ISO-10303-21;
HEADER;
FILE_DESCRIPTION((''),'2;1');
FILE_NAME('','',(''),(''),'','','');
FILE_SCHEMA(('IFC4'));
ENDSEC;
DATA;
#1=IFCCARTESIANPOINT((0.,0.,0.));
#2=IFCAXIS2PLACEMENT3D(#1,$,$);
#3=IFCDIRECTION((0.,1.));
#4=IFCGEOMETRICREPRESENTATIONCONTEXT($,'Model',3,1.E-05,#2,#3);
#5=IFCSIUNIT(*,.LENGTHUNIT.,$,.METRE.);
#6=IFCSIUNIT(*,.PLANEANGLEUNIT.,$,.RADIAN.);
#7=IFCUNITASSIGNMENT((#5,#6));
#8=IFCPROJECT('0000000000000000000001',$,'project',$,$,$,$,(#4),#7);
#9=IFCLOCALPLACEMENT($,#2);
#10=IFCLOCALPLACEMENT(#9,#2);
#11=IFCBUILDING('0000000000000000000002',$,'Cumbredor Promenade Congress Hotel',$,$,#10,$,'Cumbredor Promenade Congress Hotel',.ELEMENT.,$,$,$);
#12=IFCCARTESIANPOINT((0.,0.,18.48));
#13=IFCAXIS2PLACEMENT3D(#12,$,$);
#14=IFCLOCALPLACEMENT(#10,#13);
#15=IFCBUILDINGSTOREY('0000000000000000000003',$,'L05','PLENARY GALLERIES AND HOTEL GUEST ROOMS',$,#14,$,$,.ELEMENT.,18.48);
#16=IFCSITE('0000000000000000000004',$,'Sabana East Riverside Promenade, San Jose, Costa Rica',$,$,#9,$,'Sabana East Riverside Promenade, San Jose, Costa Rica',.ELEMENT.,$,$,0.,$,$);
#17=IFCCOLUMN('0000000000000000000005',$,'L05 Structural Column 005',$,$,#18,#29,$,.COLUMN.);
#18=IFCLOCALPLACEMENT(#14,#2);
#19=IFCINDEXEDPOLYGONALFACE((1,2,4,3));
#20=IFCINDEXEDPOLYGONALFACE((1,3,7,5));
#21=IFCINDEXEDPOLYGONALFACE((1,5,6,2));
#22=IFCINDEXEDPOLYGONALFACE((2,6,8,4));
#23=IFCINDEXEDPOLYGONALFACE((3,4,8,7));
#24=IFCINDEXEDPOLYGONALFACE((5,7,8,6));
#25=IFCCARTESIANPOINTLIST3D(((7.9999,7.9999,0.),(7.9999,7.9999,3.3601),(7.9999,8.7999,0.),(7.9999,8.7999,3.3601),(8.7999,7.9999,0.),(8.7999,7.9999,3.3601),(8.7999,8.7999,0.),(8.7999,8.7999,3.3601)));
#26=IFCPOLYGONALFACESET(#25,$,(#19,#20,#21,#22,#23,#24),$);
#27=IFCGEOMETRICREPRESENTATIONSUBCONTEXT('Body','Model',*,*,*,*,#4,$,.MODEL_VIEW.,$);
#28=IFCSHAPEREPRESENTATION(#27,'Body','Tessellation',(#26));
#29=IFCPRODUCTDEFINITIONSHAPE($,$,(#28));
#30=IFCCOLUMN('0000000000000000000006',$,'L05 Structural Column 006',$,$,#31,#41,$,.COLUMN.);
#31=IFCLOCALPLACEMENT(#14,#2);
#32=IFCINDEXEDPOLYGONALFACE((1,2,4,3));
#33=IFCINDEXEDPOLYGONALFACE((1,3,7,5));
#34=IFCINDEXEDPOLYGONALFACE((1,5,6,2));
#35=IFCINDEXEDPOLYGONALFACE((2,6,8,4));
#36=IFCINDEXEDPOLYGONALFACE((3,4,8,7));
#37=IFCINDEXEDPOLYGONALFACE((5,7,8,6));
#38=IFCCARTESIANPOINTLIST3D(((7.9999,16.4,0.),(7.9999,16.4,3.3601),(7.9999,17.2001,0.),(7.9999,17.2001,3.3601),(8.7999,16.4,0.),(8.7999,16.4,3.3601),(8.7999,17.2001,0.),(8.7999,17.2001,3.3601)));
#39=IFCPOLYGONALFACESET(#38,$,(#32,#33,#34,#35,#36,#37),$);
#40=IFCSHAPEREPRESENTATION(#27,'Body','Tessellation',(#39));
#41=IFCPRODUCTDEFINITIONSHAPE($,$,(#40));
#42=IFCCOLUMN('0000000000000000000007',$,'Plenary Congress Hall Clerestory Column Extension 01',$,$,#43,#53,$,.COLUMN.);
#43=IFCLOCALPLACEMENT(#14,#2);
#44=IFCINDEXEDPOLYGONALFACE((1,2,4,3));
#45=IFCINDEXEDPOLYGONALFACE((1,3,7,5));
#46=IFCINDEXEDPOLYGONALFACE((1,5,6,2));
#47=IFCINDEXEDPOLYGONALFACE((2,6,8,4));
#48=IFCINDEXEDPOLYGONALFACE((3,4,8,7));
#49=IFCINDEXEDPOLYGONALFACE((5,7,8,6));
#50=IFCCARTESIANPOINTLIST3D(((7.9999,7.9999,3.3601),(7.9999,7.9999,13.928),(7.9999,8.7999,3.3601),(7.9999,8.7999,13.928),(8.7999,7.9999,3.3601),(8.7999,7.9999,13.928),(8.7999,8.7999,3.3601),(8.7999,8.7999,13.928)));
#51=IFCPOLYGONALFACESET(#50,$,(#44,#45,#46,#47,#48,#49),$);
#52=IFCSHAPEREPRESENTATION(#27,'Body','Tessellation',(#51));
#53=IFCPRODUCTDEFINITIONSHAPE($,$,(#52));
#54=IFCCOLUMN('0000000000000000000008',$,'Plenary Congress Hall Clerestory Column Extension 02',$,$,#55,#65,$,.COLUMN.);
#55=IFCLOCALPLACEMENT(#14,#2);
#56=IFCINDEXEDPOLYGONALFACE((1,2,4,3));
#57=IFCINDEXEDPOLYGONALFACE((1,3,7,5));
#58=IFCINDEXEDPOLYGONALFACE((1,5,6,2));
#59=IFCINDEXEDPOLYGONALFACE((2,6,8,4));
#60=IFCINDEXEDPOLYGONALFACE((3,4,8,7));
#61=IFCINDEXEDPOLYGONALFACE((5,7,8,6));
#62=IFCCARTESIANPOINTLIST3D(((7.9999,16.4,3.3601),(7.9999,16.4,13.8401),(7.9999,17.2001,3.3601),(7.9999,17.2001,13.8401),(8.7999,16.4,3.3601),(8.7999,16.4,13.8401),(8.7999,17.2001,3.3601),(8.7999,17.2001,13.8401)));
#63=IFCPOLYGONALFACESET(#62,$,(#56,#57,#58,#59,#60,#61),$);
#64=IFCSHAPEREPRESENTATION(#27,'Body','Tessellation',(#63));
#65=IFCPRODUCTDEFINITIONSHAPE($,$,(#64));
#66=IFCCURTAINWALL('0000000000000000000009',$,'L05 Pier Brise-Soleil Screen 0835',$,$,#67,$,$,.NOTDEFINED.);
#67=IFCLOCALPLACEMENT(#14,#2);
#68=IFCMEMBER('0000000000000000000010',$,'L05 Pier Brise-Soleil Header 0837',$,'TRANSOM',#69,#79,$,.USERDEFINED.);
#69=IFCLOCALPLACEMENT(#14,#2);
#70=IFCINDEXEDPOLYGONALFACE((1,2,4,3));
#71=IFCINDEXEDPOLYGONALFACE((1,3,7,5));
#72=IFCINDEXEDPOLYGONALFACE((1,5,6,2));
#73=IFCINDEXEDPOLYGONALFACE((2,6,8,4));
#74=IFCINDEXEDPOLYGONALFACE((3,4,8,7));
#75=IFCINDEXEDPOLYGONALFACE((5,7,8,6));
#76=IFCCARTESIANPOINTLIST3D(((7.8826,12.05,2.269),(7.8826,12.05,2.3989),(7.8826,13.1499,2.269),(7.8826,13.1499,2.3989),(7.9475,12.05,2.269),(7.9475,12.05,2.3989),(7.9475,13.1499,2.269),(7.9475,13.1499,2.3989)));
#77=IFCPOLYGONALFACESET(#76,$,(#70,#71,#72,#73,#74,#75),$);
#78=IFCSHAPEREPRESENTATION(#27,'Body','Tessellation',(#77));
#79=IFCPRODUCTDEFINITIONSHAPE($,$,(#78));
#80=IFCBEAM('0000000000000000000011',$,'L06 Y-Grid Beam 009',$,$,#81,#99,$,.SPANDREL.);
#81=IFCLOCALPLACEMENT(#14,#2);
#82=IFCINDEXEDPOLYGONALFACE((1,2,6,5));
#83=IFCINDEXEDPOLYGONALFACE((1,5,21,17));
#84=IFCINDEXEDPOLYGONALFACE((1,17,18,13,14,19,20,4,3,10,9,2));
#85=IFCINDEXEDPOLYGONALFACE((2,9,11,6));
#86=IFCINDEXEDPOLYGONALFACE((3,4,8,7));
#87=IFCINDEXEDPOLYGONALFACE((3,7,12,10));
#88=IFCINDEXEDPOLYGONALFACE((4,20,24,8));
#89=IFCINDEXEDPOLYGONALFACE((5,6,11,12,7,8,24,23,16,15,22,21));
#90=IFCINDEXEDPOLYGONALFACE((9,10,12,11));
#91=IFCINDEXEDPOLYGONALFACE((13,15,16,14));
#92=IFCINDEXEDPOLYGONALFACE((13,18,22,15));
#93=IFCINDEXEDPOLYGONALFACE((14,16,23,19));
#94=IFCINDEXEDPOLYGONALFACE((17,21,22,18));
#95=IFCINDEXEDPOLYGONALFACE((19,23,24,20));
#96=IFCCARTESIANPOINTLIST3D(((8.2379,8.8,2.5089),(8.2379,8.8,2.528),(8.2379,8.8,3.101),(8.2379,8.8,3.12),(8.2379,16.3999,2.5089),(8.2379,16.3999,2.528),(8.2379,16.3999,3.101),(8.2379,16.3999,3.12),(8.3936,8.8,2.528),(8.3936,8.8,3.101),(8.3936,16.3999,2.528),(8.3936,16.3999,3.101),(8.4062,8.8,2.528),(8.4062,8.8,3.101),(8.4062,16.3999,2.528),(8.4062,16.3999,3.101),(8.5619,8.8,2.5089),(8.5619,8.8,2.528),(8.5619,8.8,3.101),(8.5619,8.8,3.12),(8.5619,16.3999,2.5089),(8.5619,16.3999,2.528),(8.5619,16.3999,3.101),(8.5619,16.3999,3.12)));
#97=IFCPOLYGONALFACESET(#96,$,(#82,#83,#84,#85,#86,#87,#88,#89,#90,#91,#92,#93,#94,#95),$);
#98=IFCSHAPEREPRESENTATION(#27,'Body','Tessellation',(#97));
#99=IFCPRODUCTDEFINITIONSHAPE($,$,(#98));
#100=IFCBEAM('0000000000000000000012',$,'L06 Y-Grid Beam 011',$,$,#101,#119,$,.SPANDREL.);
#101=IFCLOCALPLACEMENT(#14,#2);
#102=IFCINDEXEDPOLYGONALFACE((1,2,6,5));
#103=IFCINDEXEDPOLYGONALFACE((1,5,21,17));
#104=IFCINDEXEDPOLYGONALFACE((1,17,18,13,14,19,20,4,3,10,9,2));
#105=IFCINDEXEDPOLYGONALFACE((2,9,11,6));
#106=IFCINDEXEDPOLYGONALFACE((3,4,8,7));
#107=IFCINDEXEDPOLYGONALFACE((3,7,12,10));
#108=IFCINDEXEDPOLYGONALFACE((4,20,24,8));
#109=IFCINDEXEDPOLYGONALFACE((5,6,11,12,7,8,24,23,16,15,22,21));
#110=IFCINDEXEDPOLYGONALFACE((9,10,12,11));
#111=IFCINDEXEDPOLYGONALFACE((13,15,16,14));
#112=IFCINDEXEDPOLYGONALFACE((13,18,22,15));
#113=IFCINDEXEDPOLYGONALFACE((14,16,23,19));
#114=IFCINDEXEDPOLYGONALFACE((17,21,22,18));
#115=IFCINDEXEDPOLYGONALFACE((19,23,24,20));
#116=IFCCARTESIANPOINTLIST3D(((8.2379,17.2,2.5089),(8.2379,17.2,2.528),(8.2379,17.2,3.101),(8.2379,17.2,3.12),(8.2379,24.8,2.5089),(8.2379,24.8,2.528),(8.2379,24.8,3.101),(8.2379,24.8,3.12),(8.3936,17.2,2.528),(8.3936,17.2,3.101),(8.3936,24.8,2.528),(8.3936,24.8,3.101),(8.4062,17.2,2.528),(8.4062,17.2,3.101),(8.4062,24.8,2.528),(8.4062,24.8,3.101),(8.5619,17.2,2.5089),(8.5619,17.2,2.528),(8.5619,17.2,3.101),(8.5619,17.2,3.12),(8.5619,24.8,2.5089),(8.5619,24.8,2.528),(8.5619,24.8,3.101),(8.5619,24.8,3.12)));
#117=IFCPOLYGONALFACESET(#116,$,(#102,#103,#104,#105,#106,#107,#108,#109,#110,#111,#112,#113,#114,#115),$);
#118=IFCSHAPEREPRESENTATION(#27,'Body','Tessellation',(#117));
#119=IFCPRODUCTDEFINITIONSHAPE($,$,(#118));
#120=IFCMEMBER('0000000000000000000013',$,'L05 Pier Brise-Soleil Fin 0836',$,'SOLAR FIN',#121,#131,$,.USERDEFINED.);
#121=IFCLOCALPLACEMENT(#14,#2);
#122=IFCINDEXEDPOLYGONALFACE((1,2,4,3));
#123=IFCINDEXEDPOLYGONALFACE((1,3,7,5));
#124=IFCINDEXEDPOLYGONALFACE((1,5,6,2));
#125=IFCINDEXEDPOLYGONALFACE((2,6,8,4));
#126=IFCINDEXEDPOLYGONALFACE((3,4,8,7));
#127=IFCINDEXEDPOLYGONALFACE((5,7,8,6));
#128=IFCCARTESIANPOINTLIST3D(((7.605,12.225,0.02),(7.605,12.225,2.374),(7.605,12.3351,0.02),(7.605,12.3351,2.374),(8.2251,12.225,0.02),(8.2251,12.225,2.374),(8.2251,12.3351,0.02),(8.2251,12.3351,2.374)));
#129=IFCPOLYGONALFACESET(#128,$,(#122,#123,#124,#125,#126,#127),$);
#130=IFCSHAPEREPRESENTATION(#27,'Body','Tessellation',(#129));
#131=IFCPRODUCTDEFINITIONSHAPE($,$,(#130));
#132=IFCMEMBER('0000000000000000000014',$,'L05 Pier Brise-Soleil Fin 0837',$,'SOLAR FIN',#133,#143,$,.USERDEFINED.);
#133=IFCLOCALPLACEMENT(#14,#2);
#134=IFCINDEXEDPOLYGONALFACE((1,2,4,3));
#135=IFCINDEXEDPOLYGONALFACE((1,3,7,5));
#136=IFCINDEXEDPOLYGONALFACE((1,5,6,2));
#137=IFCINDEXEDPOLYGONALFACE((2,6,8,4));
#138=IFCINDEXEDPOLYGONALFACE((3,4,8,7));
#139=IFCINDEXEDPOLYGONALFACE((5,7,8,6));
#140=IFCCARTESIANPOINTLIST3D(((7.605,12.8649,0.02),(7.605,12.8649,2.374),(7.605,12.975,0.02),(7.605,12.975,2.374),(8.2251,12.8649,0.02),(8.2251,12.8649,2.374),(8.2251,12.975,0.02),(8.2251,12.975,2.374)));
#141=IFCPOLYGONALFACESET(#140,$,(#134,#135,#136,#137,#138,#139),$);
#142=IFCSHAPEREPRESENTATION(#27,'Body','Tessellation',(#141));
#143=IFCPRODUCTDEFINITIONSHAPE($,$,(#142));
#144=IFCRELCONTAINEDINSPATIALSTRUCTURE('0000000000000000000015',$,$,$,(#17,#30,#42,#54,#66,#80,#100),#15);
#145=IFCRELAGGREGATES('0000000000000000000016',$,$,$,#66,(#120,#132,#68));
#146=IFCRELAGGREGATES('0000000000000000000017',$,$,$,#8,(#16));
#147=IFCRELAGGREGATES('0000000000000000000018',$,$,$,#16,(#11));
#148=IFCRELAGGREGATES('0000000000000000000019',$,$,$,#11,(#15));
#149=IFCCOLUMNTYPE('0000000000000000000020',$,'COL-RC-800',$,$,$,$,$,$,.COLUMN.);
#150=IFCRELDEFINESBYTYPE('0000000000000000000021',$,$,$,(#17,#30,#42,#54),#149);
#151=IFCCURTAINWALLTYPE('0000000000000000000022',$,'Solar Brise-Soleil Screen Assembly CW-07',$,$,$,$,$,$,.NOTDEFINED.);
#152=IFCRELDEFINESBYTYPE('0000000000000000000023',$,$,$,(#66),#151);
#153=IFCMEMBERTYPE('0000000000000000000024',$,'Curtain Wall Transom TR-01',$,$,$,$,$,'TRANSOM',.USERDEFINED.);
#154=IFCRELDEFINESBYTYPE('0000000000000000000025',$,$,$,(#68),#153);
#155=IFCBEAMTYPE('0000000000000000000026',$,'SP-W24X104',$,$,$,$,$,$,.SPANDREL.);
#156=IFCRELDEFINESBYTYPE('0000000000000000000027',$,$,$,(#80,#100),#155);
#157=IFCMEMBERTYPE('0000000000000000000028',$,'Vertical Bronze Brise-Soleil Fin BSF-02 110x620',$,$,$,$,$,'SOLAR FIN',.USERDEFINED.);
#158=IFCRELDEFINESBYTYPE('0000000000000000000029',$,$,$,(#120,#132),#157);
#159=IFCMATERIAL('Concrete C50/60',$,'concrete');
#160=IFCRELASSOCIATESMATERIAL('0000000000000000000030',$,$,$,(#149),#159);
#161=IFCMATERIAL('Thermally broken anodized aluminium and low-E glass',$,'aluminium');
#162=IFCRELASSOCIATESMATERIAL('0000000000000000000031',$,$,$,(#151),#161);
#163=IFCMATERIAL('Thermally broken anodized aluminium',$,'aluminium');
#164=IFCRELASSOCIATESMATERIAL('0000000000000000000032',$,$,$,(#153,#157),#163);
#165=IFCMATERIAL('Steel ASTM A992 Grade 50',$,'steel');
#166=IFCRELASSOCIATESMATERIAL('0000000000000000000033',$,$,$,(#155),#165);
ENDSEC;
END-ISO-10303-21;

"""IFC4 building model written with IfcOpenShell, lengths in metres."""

from ifc_helpers import new_model, si_unit, direction, frame, origin, origin_2d, place, context, subcontext, project, spatial, rectangle, i_section, extrude, material, material_profile, profile_set, type_object, element, aggregate, save


model = new_model("IFC4")

# Units and contexts
model_context = context("Model", 3, precision=1e-05, world=origin(), true_north=direction((0.0, 1.0)))
body_context = subcontext(model_context, "Body", "Model", "MODEL_VIEW")
ifc_project = project(units=[si_unit("LENGTHUNIT", "METRE"), si_unit("PLANEANGLEUNIT", "RADIAN")], contexts=[model_context])

# Site, building, storey
site_placement = place(None, origin())
site = spatial("IfcSite", under=ifc_project, at=site_placement, Name="Sabana East Riverside Promenade, San Jose, Costa Rica", LongName="Sabana East Riverside Promenade, San Jose, Costa Rica", CompositionType="ELEMENT", RefElevation=0.0)
building_placement = place(site_placement, origin())
building = spatial("IfcBuilding", under=site, at=building_placement, Name="Cumbredor Promenade Congress Hotel", LongName="Cumbredor Promenade Congress Hotel", CompositionType="ELEMENT")
storey_placement = place(building_placement, frame((0.0, 0.0, 18.48)))
storey = spatial("IfcBuildingStorey", under=building, at=storey_placement, Name="L05", Description="PLENARY GALLERIES AND HOTEL GUEST ROOMS", CompositionType="ELEMENT", Elevation=18.48)

# Columns
ifc_material_1 = material(Name="Concrete C50/60", Category="concrete")
ifc_material_profile_1 = material_profile(ifc_material_1, rectangle(XDim=0.8, YDim=0.8, at=origin_2d()), Name="RC 800x800")
ifc_profile_set_1 = profile_set([ifc_material_profile_1], Name="Concrete C50/60")
column_type = type_object("IfcColumnType", Name="COL-RC-800", PredefinedType="COLUMN", material=ifc_profile_set_1)
for number, where, z_axis, x_axis, name in (
    (1, (8.3999, 8.3999, 0.0), (0.0, 0.0, 1.0), (1.0, 0.0, 0.0), "L05 Structural Column 005"),
    (2, (8.3999, 16.8, 0.0), (0.0, 0.0, 1.0), (1.0, 0.0, 0.0), "L05 Structural Column 006"),
):
    element("IfcColumn", number, at=place(storey_placement, frame(where, z_axis=z_axis, x_axis=x_axis)), inside=storey, type_object=column_type, Name=name, PredefinedType="COLUMN", context=body_context, shape_type="SweptSolid", body=[
        extrude(rectangle(XDim=0.8, YDim=0.8, at=origin_2d()), origin(), (0.0, 0.0, 1.0), 3.3601),
    ])
column_1_placement = place(storey_placement, frame((8.3999, 8.3999, 3.3601), z_axis=(0.0, 0.0, 1.0), x_axis=(1.0, 0.0, 0.0)))
element("IfcColumn", 3, at=column_1_placement, inside=storey, type_object=column_type, Name="Plenary Congress Hall Clerestory Column Extension 01", PredefinedType="COLUMN", context=body_context, shape_type="SweptSolid", body=[
    extrude(rectangle(XDim=0.8, YDim=0.8, at=origin_2d()), origin(), (0.0, 0.0, 1.0), 10.5679),
])
column_2_placement = place(storey_placement, frame((8.3999, 16.8, 3.3601), z_axis=(0.0, 0.0, 1.0), x_axis=(1.0, 0.0, 0.0)))
element("IfcColumn", 4, at=column_2_placement, inside=storey, type_object=column_type, Name="Plenary Congress Hall Clerestory Column Extension 02", PredefinedType="COLUMN", context=body_context, shape_type="SweptSolid", body=[
    extrude(rectangle(XDim=0.8, YDim=0.8, at=origin_2d()), origin(), (0.0, 0.0, 1.0), 10.48),
])

# Curtain wall, member
ifc_material_2 = material(Name="Thermally broken anodized aluminium and low-E glass", Category="aluminium")
curtain_wall_type = type_object("IfcCurtainWallType", Name="Solar Brise-Soleil Screen Assembly CW-07", PredefinedType="NOTDEFINED", material=ifc_material_2)
curtain_wall_placement = place(storey_placement, origin())
curtain_wall = element("IfcCurtainWall", 5, at=curtain_wall_placement, inside=storey, type_object=curtain_wall_type, Name="L05 Pier Brise-Soleil Screen 0835", PredefinedType="NOTDEFINED")
ifc_material_3 = material(Name="Thermally broken anodized aluminium", Category="aluminium")
ifc_material_profile_2 = material_profile(ifc_material_3, rectangle(XDim=0.0649, YDim=0.1299, at=origin_2d()), Name="ALU TRANSOM 65x130")
ifc_profile_set_2 = profile_set([ifc_material_profile_2], Name="Thermally broken anodized aluminium")
member_type_1 = type_object("IfcMemberType", Name="Curtain Wall Transom TR-01", ElementType="TRANSOM", PredefinedType="USERDEFINED", material=ifc_profile_set_2)
member_1_placement = place(storey_placement, frame((7.915, 12.05, 2.334), z_axis=(0.0, 1.0, 0.0), x_axis=(-1.0, 0.0, 0.0)))
member_1 = element("IfcMember", 6, at=member_1_placement, type_object=member_type_1, Name="L05 Pier Brise-Soleil Header 0837", ObjectType="TRANSOM", PredefinedType="USERDEFINED", context=body_context, shape_type="SweptSolid", body=[
    extrude(rectangle(XDim=0.0649, YDim=0.1299, at=origin_2d()), origin(), (0.0, 0.0, 1.0), 1.0999),
])

# Beams
ifc_material_4 = material(Name="Steel ASTM A992 Grade 50", Category="steel")
ifc_material_profile_3 = material_profile(ifc_material_4, i_section(OverallWidth=0.324, OverallDepth=0.6111, WebThickness=0.0127, FlangeThickness=0.019, at=origin_2d()), Name="W24X104")
ifc_profile_set_3 = profile_set([ifc_material_profile_3], Name="Steel ASTM A992 Grade 50")
beam_type = type_object("IfcBeamType", Name="SP-W24X104", PredefinedType="SPANDREL", material=ifc_profile_set_3)
beam_1_placement = place(storey_placement, frame((8.3999, 8.8, 2.8145), z_axis=(0.0, 1.0, 0.0), x_axis=(-1.0, 0.0, 0.0)))
element("IfcBeam", 7, at=beam_1_placement, inside=storey, type_object=beam_type, Name="L06 Y-Grid Beam 009", PredefinedType="SPANDREL", context=body_context, shape_type="SweptSolid", body=[
    extrude(i_section(OverallWidth=0.324, OverallDepth=0.6111, WebThickness=0.0127, FlangeThickness=0.019, at=origin_2d()), origin(), (0.0, 0.0, 1.0), 7.5999),
])
beam_2_placement = place(storey_placement, frame((8.3999, 17.2, 2.8145), z_axis=(0.0, 1.0, 0.0), x_axis=(-1.0, 0.0, 0.0)))
element("IfcBeam", 8, at=beam_2_placement, inside=storey, type_object=beam_type, Name="L06 Y-Grid Beam 011", PredefinedType="SPANDREL", context=body_context, shape_type="SweptSolid", body=[
    extrude(i_section(OverallWidth=0.324, OverallDepth=0.6111, WebThickness=0.0127, FlangeThickness=0.019, at=origin_2d()), origin(), (0.0, 0.0, 1.0), 7.6001),
])

# Members
ifc_material_profile_4 = material_profile(ifc_material_3, rectangle(XDim=0.1101, YDim=0.6201, at=origin_2d()), Name="ARCH FIN 110x620")
ifc_profile_set_4 = profile_set([ifc_material_profile_4], Name="Thermally broken anodized aluminium")
member_type_2 = type_object("IfcMemberType", Name="Vertical Bronze Brise-Soleil Fin BSF-02 110x620", ElementType="SOLAR FIN", PredefinedType="USERDEFINED", material=ifc_profile_set_4)
member_2_placement = place(storey_placement, frame((7.915, 12.28, 0.02), z_axis=(0.0, 0.0, 1.0), x_axis=(0.0, 1.0, 0.0)))
member_2 = element("IfcMember", 9, at=member_2_placement, type_object=member_type_2, Name="L05 Pier Brise-Soleil Fin 0836", ObjectType="SOLAR FIN", PredefinedType="USERDEFINED", context=body_context, shape_type="SweptSolid", body=[
    extrude(rectangle(XDim=0.1101, YDim=0.6201, at=origin_2d()), origin(), (0.0, 0.0, 1.0), 2.354),
])
member_3_placement = place(storey_placement, frame((7.915, 12.9199, 0.02), z_axis=(0.0, 0.0, 1.0), x_axis=(0.0, 1.0, 0.0)))
member_3 = element("IfcMember", 10, at=member_3_placement, type_object=member_type_2, Name="L05 Pier Brise-Soleil Fin 0837", ObjectType="SOLAR FIN", PredefinedType="USERDEFINED", context=body_context, shape_type="SweptSolid", body=[
    extrude(rectangle(XDim=0.1101, YDim=0.6201, at=origin_2d()), origin(), (0.0, 0.0, 1.0), 2.354),
])
aggregate(curtain_wall, [member_2, member_3, member_1])

save(model, "model.ifc")
